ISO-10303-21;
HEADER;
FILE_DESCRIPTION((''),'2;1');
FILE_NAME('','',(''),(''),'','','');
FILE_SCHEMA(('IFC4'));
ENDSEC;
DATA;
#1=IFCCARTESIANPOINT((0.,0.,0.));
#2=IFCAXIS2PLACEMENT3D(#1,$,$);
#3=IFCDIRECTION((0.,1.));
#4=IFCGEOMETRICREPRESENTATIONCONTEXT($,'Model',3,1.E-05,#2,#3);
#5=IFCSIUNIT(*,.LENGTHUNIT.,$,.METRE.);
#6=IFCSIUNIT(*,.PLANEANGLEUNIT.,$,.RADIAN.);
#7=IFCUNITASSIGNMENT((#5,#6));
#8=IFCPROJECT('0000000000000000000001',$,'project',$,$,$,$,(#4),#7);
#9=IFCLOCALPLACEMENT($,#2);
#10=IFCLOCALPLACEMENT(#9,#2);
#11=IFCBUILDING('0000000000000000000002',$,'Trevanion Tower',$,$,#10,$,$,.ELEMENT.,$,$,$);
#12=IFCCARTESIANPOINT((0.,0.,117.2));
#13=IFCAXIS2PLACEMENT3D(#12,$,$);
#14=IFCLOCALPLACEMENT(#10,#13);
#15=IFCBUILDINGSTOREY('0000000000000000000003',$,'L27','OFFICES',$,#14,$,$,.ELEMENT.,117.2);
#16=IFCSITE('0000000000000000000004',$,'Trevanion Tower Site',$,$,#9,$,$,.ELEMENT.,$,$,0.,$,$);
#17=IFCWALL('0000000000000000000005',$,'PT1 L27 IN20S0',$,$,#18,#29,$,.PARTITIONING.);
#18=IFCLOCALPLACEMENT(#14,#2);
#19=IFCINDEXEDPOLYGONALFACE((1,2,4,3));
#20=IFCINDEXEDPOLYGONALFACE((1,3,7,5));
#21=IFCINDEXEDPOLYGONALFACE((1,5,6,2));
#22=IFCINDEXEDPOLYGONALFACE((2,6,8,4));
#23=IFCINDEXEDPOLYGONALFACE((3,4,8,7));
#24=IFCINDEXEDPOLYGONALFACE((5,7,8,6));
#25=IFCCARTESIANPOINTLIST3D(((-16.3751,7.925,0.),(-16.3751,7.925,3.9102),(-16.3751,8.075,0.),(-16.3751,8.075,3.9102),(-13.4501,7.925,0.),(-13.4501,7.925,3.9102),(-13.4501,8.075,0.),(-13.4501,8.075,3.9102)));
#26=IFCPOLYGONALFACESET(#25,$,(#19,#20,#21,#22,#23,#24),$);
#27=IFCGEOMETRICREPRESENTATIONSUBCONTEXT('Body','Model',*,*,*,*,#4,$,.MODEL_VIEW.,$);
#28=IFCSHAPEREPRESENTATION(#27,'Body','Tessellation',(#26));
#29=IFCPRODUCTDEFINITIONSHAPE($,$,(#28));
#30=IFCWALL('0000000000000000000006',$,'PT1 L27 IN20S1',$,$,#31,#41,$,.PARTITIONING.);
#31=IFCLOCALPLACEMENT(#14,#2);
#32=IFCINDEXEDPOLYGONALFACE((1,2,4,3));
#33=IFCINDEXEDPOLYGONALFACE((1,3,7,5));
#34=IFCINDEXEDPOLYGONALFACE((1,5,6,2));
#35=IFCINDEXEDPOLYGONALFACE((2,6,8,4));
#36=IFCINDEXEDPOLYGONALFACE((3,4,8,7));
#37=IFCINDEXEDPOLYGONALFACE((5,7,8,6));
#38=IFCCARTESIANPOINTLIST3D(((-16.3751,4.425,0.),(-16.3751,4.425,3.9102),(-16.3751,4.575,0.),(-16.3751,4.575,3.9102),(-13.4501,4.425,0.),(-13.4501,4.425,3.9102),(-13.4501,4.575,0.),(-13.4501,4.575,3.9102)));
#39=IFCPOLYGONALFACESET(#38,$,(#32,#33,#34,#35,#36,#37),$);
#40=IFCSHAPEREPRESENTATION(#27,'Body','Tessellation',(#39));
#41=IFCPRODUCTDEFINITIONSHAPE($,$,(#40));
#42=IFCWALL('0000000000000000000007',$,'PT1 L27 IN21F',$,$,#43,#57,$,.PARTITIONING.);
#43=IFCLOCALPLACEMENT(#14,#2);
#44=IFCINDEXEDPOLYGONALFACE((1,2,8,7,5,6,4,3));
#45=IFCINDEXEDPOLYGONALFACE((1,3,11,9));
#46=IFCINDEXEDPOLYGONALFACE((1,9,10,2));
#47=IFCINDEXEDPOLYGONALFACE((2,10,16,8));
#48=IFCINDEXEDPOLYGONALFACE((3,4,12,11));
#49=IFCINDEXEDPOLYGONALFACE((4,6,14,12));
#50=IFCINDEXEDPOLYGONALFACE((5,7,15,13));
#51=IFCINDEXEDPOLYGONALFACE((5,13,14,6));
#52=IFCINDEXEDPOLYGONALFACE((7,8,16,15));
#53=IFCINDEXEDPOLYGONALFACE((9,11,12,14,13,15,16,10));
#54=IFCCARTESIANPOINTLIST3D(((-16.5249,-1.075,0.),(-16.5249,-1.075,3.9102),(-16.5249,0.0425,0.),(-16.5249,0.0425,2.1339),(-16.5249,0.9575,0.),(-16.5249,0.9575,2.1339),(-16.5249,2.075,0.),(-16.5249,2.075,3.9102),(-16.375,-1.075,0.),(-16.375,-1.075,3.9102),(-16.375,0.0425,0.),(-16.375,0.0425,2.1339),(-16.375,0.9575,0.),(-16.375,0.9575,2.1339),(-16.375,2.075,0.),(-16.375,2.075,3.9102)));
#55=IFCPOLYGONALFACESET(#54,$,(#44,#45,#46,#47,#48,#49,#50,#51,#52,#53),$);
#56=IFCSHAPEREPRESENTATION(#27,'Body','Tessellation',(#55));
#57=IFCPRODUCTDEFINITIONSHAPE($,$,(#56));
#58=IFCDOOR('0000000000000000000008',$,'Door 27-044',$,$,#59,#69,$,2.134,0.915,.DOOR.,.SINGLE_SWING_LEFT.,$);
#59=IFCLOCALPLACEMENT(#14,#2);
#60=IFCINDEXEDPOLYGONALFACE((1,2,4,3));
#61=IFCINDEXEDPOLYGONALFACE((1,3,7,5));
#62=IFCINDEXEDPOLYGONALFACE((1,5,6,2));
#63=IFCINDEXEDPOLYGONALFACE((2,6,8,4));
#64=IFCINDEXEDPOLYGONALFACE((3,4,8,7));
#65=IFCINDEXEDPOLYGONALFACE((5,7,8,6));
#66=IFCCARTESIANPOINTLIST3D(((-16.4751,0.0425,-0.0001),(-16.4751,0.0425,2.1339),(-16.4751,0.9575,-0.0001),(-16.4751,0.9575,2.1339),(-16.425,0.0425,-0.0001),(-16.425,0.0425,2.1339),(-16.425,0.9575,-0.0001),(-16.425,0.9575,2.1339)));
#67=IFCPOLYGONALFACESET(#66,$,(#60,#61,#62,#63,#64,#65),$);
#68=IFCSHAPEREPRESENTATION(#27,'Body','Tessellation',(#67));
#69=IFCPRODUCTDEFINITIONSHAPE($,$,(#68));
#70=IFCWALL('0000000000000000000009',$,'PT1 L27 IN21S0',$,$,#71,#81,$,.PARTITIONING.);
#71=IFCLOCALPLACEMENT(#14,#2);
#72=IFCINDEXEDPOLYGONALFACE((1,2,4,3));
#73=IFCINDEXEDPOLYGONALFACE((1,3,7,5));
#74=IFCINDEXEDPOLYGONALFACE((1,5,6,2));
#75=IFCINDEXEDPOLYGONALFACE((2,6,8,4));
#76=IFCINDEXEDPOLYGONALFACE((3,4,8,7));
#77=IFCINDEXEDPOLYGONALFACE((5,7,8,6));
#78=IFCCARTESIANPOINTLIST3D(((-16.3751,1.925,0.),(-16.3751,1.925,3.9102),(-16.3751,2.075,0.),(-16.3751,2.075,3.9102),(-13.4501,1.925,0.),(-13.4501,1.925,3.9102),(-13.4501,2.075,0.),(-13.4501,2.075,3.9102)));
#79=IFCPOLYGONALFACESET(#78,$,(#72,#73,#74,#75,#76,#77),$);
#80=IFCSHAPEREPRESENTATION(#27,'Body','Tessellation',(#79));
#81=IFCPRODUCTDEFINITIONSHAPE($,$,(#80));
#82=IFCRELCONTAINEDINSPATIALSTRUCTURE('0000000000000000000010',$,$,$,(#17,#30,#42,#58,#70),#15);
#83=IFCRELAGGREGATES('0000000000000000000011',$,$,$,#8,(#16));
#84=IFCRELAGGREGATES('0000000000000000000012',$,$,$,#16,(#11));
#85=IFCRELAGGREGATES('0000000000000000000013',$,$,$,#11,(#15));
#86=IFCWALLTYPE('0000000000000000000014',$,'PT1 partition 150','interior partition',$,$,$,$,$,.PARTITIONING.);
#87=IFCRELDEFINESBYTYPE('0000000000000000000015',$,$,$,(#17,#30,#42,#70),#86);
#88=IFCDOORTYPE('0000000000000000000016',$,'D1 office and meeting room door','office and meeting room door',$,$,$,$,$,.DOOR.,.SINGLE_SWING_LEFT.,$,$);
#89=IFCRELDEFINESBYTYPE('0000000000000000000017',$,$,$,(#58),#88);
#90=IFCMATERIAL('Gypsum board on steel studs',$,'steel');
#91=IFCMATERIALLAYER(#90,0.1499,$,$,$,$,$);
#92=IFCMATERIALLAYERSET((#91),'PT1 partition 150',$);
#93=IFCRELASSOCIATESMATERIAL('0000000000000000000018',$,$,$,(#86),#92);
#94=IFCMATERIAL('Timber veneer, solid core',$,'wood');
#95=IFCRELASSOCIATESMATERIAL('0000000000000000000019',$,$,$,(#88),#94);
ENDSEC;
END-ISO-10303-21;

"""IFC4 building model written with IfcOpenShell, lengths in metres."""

from ifc_helpers import new_model, si_unit, direction, frame, frame_2d, origin, place, context, subcontext, project, spatial, rectangle, extrude, material, layer, layer_set, type_object, element, fill, save


model = new_model("IFC4")

# Units and contexts
model_context = context("Model", 3, precision=1e-05, world=origin(), true_north=direction((0.0, 1.0)))
body_context = subcontext(model_context, "Body", "Model", "MODEL_VIEW")
ifc_project = project(units=[si_unit("LENGTHUNIT", "METRE"), si_unit("PLANEANGLEUNIT", "RADIAN")], contexts=[model_context])

# Site, building, storey
site_placement = place(None, origin())
site = spatial("IfcSite", under=ifc_project, at=site_placement, Name="Trevanion Tower Site", CompositionType="ELEMENT", RefElevation=0.0)
building_placement = place(site_placement, origin())
building = spatial("IfcBuilding", under=site, at=building_placement, Name="Trevanion Tower", CompositionType="ELEMENT")
storey_placement = place(building_placement, frame((0.0, 0.0, 117.2)))
storey = spatial("IfcBuildingStorey", under=building, at=storey_placement, Name="L27", Description="OFFICES", CompositionType="ELEMENT", Elevation=117.2)

# Shared definitions
ifc_material_1 = material(Name="Gypsum board on steel studs", Category="steel")
ifc_layer_1 = layer(ifc_material_1, 0.1499)
ifc_layer_set_1 = layer_set([ifc_layer_1], Name="PT1 partition 150")
wall_type = type_object("IfcWallType", Name="PT1 partition 150", Description="interior partition", PredefinedType="PARTITIONING", material=ifc_layer_set_1)
ifc_material_2 = material(Name="Timber veneer, solid core", Category="wood")
door_type = type_object("IfcDoorType", Name="D1 office and meeting room door", Description="office and meeting room door", OperationType="SINGLE_SWING_LEFT", PredefinedType="DOOR", material=ifc_material_2)

# Walls
for number, where, z_axis, x_axis, name in (
    (1, (-16.375, 8.0, 0.0), (0.0, 0.0, 1.0), (1.0, 0.0, 0.0), "PT1 L27 IN20S0"),
    (2, (-16.375, 4.5, 0.0), (0.0, 0.0, 1.0), (1.0, 0.0, 0.0), "PT1 L27 IN20S1"),
):
    element("IfcWall", number, at=place(storey_placement, frame(where, z_axis=z_axis, x_axis=x_axis)), inside=storey, type_object=wall_type, Name=name, PredefinedType="PARTITIONING", context=body_context, shape_type="SweptSolid", body=[
        extrude(rectangle(XDim=2.925, YDim=0.1499, at=frame_2d((1.4624, 0.0))), origin(), (0.0, 0.0, 1.0), 3.9102),
    ])

# Wall, opening, door
wall_1_placement = place(storey_placement, frame((-16.45, 2.075, 0.0), z_axis=(0.0, 0.0, 1.0), x_axis=(0.0, -1.0, 0.0)))
wall_1 = element("IfcWall", 3, at=wall_1_placement, inside=storey, type_object=wall_type, Name="PT1 L27 IN21F", PredefinedType="PARTITIONING", context=body_context, shape_type="SweptSolid", body=[
    extrude(rectangle(XDim=3.1499, YDim=0.1499, at=frame_2d((1.575, 0.0))), origin(), (0.0, 0.0, 1.0), 3.9102),
])
opening_1_placement = place(wall_1_placement, frame((1.1174, 0.0, 0.0)))
opening_1 = element("IfcOpeningElement", 4, at=opening_1_placement, cuts=wall_1, PredefinedType="OPENING", context=body_context, shape_type="SweptSolid", body=[
    extrude(rectangle(XDim=0.915, YDim=2.134, at=frame_2d((0.4575, 1.0669))), frame((0.0, 0.085, 0.0), z_axis=(0.0, -1.0, 0.0), x_axis=(1.0, 0.0, 0.0)), (0.0, 0.0, 1.0), 0.1699),
])
door_1_placement = place(opening_1_placement, origin())
door_1 = element("IfcDoor", 5, at=door_1_placement, inside=storey, type_object=door_type, Name="Door 27-044", OperationType="SINGLE_SWING_LEFT", OverallHeight=2.134, OverallWidth=0.915, PredefinedType="DOOR", context=body_context, shape_type="SweptSolid", body=[
    extrude(rectangle(XDim=0.915, YDim=2.134, at=frame_2d((0.4575, 1.0669))), frame((0.0, 0.0249, 0.0), z_axis=(0.0, -1.0, 0.0), x_axis=(1.0, 0.0, 0.0)), (0.0, 0.0, 1.0), 0.05),
])
fill(opening_1, door_1)

# Wall
wall_2_placement = place(storey_placement, frame((-16.375, 2.0, 0.0), z_axis=(0.0, 0.0, 1.0), x_axis=(1.0, 0.0, 0.0)))
element("IfcWall", 6, at=wall_2_placement, inside=storey, type_object=wall_type, Name="PT1 L27 IN21S0", PredefinedType="PARTITIONING", context=body_context, shape_type="SweptSolid", body=[
    extrude(rectangle(XDim=2.925, YDim=0.1499, at=frame_2d((1.4624, 0.0))), origin(), (0.0, 0.0, 1.0), 3.9102),
])

save(model, "model.ifc")
